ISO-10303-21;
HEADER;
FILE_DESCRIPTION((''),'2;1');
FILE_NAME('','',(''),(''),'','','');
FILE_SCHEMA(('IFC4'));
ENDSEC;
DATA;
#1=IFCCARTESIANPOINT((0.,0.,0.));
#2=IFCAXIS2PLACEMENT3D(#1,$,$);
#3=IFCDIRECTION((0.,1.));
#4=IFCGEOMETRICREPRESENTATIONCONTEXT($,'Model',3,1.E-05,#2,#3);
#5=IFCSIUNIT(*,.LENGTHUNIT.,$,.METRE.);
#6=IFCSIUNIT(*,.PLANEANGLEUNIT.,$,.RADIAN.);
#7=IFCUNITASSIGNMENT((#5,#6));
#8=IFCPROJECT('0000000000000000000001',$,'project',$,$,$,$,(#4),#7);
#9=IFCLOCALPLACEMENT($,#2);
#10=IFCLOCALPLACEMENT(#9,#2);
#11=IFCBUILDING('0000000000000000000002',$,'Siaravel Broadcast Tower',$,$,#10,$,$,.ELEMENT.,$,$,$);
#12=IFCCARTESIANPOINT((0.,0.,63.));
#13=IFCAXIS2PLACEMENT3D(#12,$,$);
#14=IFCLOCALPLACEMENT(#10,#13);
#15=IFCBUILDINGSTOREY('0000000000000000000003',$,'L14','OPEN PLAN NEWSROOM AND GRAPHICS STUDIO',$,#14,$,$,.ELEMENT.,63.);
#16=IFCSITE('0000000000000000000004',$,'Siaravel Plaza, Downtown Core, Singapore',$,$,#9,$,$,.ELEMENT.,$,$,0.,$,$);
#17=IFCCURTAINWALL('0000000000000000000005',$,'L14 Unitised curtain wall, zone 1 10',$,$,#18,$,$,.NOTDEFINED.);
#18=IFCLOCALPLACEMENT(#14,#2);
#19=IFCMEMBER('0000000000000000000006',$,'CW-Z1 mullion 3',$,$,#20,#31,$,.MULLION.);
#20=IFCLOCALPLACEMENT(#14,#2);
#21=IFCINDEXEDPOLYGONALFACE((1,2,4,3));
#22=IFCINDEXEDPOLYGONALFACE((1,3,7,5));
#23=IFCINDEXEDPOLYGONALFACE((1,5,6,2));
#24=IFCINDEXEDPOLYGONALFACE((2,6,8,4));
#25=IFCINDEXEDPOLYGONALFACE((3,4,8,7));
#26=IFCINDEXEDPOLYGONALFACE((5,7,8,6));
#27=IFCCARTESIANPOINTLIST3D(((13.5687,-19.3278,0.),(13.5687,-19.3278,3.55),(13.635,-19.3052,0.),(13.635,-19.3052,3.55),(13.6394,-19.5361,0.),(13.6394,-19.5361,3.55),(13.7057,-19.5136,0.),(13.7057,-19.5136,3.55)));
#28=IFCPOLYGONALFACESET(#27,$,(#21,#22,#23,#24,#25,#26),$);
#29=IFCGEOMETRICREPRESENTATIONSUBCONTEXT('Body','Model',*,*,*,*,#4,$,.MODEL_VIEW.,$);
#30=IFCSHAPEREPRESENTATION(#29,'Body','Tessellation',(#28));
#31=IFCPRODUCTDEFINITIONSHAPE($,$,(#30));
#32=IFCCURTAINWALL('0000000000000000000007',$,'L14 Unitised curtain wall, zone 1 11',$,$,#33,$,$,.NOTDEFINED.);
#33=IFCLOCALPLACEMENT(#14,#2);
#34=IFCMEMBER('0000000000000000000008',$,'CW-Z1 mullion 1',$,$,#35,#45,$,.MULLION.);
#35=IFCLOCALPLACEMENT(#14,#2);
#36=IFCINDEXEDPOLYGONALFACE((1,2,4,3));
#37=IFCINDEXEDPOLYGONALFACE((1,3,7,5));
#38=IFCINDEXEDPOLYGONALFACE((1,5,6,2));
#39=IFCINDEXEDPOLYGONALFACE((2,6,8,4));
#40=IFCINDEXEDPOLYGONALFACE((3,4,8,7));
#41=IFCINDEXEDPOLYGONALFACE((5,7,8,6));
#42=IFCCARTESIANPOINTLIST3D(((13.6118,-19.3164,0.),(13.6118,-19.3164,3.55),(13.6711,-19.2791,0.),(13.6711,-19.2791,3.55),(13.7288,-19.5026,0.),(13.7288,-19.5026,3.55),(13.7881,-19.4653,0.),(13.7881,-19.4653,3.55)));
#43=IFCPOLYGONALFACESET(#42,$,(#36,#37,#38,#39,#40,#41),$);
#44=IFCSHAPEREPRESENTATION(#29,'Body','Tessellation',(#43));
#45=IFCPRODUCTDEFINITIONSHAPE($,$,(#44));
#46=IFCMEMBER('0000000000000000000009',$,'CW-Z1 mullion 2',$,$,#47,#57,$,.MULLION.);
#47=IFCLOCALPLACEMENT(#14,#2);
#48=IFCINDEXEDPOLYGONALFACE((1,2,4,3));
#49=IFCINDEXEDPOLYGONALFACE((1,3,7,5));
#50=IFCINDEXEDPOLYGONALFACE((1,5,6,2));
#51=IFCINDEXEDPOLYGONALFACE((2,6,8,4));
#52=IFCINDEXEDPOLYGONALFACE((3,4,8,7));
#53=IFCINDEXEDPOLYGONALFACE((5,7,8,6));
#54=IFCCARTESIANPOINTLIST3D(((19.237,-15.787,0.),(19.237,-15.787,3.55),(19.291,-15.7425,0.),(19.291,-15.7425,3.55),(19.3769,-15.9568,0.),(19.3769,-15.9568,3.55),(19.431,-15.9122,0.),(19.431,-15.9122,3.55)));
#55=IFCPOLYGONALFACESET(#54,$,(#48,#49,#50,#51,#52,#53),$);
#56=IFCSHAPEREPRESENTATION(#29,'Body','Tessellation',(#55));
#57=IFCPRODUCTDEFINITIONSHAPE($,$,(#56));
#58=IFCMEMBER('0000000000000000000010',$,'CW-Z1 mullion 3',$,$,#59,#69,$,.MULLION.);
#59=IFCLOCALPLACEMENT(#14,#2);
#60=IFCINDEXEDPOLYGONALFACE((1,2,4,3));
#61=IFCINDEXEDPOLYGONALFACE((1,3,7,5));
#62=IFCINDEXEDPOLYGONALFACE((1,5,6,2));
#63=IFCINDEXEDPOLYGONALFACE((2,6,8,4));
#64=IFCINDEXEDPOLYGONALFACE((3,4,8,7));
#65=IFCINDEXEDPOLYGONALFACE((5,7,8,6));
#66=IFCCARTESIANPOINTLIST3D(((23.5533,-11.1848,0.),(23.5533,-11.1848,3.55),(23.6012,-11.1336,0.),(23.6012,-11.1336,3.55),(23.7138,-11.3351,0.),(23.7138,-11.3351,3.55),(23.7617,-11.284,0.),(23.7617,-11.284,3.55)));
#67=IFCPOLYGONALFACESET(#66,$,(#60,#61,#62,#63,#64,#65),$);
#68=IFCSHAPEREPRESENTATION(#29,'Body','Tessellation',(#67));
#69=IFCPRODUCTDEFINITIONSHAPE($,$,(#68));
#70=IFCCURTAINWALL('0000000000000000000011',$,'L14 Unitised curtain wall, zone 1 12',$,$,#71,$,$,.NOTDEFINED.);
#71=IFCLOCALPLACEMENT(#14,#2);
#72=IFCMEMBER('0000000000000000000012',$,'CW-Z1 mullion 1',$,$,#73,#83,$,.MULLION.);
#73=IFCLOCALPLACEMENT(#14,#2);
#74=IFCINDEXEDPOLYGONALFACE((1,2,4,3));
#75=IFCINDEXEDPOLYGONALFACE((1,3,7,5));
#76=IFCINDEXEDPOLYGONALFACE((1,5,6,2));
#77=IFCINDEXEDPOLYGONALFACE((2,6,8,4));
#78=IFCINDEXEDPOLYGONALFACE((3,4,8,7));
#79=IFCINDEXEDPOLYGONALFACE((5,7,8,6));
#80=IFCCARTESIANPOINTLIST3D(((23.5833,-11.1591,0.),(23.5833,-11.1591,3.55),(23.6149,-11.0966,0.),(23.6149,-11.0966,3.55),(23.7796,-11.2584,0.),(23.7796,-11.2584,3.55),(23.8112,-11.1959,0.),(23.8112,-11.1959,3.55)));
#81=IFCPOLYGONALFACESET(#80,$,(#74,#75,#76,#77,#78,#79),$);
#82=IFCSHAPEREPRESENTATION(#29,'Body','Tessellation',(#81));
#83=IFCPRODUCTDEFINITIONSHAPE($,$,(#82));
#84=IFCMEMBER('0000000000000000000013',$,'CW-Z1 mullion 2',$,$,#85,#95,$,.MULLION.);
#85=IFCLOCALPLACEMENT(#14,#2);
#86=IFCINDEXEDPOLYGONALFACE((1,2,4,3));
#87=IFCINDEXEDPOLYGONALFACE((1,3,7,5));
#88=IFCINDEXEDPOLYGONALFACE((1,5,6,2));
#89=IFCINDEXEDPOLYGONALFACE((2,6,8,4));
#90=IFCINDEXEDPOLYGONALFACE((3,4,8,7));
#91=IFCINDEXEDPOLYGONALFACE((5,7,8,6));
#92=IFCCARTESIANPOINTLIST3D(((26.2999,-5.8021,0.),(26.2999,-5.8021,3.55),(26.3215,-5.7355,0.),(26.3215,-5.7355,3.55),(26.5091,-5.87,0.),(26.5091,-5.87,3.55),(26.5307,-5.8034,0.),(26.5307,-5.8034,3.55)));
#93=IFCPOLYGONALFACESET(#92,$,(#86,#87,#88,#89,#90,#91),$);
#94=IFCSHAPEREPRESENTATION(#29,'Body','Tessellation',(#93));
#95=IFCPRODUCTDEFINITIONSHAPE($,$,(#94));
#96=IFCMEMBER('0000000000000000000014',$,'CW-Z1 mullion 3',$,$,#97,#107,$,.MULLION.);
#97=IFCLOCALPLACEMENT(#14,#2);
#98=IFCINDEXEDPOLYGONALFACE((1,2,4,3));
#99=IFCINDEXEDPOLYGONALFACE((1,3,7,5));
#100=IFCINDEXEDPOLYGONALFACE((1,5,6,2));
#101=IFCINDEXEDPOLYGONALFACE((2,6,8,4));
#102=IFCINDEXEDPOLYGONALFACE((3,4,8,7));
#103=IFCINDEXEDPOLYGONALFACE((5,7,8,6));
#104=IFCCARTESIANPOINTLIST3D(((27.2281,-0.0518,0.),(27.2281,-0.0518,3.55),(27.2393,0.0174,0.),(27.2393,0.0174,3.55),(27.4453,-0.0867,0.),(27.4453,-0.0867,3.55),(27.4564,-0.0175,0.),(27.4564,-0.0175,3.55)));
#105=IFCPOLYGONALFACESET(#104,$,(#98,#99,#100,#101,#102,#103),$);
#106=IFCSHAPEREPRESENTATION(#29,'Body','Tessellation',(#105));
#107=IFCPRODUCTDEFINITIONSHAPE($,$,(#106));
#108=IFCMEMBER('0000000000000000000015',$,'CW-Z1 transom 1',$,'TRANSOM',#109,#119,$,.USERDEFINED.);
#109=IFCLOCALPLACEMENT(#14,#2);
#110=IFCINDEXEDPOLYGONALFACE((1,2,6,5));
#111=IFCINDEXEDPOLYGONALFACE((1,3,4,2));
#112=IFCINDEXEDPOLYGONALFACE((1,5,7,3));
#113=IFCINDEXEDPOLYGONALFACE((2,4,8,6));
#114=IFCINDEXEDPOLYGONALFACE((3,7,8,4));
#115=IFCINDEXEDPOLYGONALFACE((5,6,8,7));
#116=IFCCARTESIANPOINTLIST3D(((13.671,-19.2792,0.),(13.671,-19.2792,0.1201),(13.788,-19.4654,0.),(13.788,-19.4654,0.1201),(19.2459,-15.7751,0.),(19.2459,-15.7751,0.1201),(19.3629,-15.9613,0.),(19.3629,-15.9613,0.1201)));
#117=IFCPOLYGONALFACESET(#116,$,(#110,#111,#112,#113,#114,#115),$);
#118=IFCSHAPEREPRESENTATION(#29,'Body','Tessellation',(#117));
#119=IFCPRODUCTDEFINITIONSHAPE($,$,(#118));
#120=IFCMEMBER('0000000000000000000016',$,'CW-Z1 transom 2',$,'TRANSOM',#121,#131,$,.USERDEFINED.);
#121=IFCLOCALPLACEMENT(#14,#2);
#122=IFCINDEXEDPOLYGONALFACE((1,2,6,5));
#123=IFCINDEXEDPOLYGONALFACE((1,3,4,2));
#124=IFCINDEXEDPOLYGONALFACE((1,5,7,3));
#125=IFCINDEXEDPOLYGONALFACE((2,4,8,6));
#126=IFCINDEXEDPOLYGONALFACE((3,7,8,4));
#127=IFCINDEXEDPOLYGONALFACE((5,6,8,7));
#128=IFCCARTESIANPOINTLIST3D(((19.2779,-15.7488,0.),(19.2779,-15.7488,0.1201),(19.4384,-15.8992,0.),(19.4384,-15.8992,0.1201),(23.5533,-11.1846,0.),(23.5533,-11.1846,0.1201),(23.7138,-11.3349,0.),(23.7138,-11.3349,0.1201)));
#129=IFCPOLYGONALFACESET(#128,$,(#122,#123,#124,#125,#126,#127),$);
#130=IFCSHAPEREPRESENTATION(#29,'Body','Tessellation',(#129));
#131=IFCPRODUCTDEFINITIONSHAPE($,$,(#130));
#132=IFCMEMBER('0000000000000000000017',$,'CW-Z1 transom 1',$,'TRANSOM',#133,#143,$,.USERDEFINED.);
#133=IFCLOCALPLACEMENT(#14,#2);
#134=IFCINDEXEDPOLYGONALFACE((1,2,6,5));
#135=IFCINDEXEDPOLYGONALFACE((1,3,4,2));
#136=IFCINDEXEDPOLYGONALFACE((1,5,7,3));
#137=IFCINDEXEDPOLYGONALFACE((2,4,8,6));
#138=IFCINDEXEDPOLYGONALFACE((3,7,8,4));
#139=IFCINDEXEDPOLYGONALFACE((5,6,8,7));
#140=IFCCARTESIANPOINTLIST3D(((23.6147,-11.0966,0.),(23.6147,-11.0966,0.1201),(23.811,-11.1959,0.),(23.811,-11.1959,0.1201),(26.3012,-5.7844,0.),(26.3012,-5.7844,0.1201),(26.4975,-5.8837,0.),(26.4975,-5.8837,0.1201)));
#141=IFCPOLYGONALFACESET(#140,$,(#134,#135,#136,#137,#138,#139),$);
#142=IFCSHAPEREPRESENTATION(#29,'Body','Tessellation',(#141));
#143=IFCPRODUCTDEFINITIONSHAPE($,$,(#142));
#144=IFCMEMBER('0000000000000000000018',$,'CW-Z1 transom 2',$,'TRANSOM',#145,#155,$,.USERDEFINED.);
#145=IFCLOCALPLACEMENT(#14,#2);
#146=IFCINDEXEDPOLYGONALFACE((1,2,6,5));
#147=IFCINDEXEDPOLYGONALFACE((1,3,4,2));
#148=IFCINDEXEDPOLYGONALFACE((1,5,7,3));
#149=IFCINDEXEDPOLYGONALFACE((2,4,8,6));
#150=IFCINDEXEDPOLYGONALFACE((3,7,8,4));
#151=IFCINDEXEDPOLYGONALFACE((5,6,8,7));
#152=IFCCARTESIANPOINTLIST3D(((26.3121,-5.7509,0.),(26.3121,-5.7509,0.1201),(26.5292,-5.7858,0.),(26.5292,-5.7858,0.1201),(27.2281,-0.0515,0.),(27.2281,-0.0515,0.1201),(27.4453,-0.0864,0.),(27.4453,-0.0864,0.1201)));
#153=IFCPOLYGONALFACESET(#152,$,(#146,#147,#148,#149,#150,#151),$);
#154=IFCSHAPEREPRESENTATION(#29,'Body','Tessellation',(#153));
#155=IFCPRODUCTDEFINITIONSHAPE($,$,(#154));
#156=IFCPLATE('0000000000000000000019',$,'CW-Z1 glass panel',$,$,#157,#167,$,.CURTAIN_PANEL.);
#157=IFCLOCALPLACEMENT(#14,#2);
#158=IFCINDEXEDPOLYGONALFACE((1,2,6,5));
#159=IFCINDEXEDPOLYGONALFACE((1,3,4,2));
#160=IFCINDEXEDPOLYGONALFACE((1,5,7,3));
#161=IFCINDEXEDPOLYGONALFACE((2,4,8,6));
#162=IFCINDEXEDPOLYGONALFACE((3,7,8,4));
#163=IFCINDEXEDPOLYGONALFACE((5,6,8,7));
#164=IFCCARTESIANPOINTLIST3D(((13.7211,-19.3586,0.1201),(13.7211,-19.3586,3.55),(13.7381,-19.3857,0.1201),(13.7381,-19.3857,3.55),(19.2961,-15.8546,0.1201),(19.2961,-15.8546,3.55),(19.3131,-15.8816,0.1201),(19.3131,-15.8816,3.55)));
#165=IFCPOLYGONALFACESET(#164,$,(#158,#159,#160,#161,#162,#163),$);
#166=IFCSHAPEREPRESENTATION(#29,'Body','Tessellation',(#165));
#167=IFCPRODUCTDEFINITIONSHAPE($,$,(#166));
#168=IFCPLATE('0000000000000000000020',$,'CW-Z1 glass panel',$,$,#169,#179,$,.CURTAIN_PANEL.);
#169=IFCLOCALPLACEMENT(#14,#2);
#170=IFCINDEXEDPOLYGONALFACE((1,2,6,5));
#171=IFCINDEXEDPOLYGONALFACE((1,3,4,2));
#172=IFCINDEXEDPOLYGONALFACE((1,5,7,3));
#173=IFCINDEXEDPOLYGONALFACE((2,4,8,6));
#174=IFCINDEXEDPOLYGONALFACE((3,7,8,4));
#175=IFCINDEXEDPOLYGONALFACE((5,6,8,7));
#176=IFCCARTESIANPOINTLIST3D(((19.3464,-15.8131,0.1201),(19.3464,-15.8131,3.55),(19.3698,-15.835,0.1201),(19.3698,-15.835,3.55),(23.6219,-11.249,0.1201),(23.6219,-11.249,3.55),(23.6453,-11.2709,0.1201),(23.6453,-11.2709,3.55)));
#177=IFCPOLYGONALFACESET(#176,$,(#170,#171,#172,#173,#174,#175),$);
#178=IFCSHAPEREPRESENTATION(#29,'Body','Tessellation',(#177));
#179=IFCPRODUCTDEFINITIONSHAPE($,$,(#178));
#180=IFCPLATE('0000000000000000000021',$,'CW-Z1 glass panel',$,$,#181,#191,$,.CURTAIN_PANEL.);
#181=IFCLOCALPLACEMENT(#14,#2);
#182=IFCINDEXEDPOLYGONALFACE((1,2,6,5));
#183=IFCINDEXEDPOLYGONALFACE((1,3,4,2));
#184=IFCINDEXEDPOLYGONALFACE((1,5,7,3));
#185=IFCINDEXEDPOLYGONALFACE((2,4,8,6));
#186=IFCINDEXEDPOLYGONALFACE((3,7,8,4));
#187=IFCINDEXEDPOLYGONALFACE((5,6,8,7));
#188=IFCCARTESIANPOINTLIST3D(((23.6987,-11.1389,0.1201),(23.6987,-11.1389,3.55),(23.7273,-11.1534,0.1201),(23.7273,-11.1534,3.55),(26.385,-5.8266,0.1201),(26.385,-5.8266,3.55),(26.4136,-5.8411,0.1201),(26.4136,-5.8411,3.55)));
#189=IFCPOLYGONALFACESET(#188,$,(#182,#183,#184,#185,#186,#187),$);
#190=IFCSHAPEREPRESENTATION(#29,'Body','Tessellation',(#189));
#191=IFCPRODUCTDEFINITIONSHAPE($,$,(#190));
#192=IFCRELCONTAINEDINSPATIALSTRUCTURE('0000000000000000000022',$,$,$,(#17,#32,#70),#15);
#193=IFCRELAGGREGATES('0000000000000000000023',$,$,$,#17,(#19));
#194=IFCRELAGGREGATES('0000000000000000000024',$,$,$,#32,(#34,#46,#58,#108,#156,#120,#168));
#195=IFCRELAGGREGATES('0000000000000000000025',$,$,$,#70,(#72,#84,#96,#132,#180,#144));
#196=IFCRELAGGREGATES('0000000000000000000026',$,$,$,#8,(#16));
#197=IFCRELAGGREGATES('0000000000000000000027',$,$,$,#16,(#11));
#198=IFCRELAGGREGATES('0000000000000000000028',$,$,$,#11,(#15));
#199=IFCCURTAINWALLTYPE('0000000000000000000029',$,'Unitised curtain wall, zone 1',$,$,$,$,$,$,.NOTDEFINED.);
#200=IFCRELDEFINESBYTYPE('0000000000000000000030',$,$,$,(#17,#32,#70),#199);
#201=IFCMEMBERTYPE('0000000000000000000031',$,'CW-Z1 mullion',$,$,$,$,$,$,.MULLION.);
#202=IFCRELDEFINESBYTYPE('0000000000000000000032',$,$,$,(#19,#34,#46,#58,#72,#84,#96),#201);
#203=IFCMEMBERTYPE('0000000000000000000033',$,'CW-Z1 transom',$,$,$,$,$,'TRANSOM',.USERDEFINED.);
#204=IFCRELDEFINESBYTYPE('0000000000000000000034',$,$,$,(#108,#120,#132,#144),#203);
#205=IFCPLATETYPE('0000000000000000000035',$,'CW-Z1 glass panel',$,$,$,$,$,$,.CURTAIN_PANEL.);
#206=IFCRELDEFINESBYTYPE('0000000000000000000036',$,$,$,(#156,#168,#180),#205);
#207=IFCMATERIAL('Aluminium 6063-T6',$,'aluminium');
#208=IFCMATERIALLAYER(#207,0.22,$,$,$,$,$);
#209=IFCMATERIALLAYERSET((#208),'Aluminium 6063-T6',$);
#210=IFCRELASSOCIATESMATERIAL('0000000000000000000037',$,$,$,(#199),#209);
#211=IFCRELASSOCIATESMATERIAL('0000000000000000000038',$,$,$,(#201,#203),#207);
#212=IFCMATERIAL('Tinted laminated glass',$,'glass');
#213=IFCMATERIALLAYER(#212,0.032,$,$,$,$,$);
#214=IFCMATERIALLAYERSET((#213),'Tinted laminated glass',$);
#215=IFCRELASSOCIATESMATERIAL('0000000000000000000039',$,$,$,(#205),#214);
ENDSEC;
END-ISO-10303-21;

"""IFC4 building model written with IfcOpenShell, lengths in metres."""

from ifc_helpers import new_model, si_unit, direction, frame, origin, origin_2d, place, context, subcontext, project, spatial, rectangle, extrude, material, layer, layer_set, material_profile, profile_set, type_object, element, aggregate, save


model = new_model("IFC4")

# Units and contexts
model_context = context("Model", 3, precision=1e-05, world=origin(), true_north=direction((0.0, 1.0)))
body_context = subcontext(model_context, "Body", "Model", "MODEL_VIEW")
ifc_project = project(units=[si_unit("LENGTHUNIT", "METRE"), si_unit("PLANEANGLEUNIT", "RADIAN")], contexts=[model_context])

# Site, building, storey
site_placement = place(None, origin())
site = spatial("IfcSite", under=ifc_project, at=site_placement, Name="Siaravel Plaza, Downtown Core, Singapore", CompositionType="ELEMENT", RefElevation=0.0)
building_placement = place(site_placement, origin())
building = spatial("IfcBuilding", under=site, at=building_placement, Name="Siaravel Broadcast Tower", CompositionType="ELEMENT")
storey_placement = place(building_placement, frame((0.0, 0.0, 63.0)))
storey = spatial("IfcBuildingStorey", under=building, at=storey_placement, Name="L14", Description="OPEN PLAN NEWSROOM AND GRAPHICS STUDIO", CompositionType="ELEMENT", Elevation=63.0)

# Curtain wall, member
ifc_material_1 = material(Name="Aluminium 6063-T6", Category="aluminium")
ifc_layer_1 = layer(ifc_material_1, 0.22)
ifc_layer_set_1 = layer_set([ifc_layer_1], Name="Aluminium 6063-T6")
curtain_wall_type = type_object("IfcCurtainWallType", Name="Unitised curtain wall, zone 1", PredefinedType="NOTDEFINED", material=ifc_layer_set_1)
curtain_wall_1_placement = place(storey_placement, origin())
curtain_wall_1 = element("IfcCurtainWall", 1, at=curtain_wall_1_placement, inside=storey, type_object=curtain_wall_type, Name="L14 Unitised curtain wall, zone 1 10", PredefinedType="NOTDEFINED")
ifc_material_profile_1 = material_profile(ifc_material_1, rectangle(XDim=0.22, YDim=0.0701, at=origin_2d()))
ifc_profile_set_1 = profile_set([ifc_material_profile_1], Name="Aluminium 6063-T6")
member_type_1 = type_object("IfcMemberType", Name="CW-Z1 mullion", PredefinedType="MULLION", material=ifc_profile_set_1)
member_1_placement = place(storey_placement, frame((13.6372, -19.4207, 0.0), z_axis=(0.0, 0.0, 1.0), x_axis=(-0.3213, 0.946978, 0.0)))
member_1 = element("IfcMember", 2, at=member_1_placement, type_object=member_type_1, Name="CW-Z1 mullion 3", PredefinedType="MULLION", context=body_context, shape_type="SweptSolid", body=[
    extrude(rectangle(XDim=0.22, YDim=0.0701, at=origin_2d()), origin(), (0.0, 0.0, 1.0), 3.55),
])
aggregate(curtain_wall_1, [member_1])

# Curtain walls, members
curtain_wall_2_placement = place(storey_placement, origin())
curtain_wall_2 = element("IfcCurtainWall", 3, at=curtain_wall_2_placement, inside=storey, type_object=curtain_wall_type, Name="L14 Unitised curtain wall, zone 1 11", PredefinedType="NOTDEFINED")
member_2_placement = place(storey_placement, frame((13.7, -19.3909, 0.0), z_axis=(0.0, 0.0, 1.0), x_axis=(-0.532148, 0.846651, 0.0)))
member_2 = element("IfcMember", 4, at=member_2_placement, type_object=member_type_1, Name="CW-Z1 mullion 1", PredefinedType="MULLION", context=body_context, shape_type="SweptSolid", body=[
    extrude(rectangle(XDim=0.22, YDim=0.0701, at=origin_2d()), origin(), (0.0, 0.0, 1.0), 3.55),
])
member_3_placement = place(storey_placement, frame((19.334, -15.8496, 0.0), z_axis=(0.0, 0.0, 1.0), x_axis=(-0.636217, 0.77151, 0.0)))
member_3 = element("IfcMember", 5, at=member_3_placement, type_object=member_type_1, Name="CW-Z1 mullion 2", PredefinedType="MULLION", context=body_context, shape_type="SweptSolid", body=[
    extrude(rectangle(XDim=0.22, YDim=0.0701, at=origin_2d()), origin(), (0.0, 0.0, 1.0), 3.55),
])
member_4_placement = place(storey_placement, frame((23.6575, -11.2344, 0.0), z_axis=(0.0, 0.0, 1.0), x_axis=(-0.729804, 0.683657, 0.0)))
member_4 = element("IfcMember", 6, at=member_4_placement, type_object=member_type_1, Name="CW-Z1 mullion 3", PredefinedType="MULLION", context=body_context, shape_type="SweptSolid", body=[
    extrude(rectangle(XDim=0.22, YDim=0.0701, at=origin_2d()), origin(), (0.0, 0.0, 1.0), 3.55),
])
curtain_wall_3_placement = place(storey_placement, origin())
curtain_wall_3 = element("IfcCurtainWall", 7, at=curtain_wall_3_placement, inside=storey, type_object=curtain_wall_type, Name="L14 Unitised curtain wall, zone 1 12", PredefinedType="NOTDEFINED")
member_5_placement = place(storey_placement, frame((23.6973, -11.1775, 0.0), z_axis=(0.0, 0.0, 1.0), x_axis=(-0.892391, 0.451262, 0.0)))
member_5 = element("IfcMember", 8, at=member_5_placement, type_object=member_type_1, Name="CW-Z1 mullion 1", PredefinedType="MULLION", context=body_context, shape_type="SweptSolid", body=[
    extrude(rectangle(XDim=0.22, YDim=0.0701, at=origin_2d()), origin(), (0.0, 0.0, 1.0), 3.55),
])
member_6_placement = place(storey_placement, frame((26.4153, -5.8027, 0.0), z_axis=(0.0, 0.0, 1.0), x_axis=(-0.951177, 0.308646, 0.0)))
member_6 = element("IfcMember", 9, at=member_6_placement, type_object=member_type_1, Name="CW-Z1 mullion 2", PredefinedType="MULLION", context=body_context, shape_type="SweptSolid", body=[
    extrude(rectangle(XDim=0.22, YDim=0.0701, at=origin_2d()), origin(), (0.0, 0.0, 1.0), 3.55),
])
member_7_placement = place(storey_placement, frame((27.3423, -0.0347, 0.0), z_axis=(0.0, 0.0, 1.0), x_axis=(-0.987329, 0.158686, 0.0)))
member_7 = element("IfcMember", 10, at=member_7_placement, type_object=member_type_1, Name="CW-Z1 mullion 3", PredefinedType="MULLION", context=body_context, shape_type="SweptSolid", body=[
    extrude(rectangle(XDim=0.22, YDim=0.0701, at=origin_2d()), origin(), (0.0, 0.0, 1.0), 3.55),
])

# Members
ifc_material_profile_2 = material_profile(ifc_material_1, rectangle(XDim=0.22, YDim=0.1201, at=origin_2d()))
ifc_profile_set_2 = profile_set([ifc_material_profile_2], Name="Aluminium 6063-T6")
member_type_2 = type_object("IfcMemberType", Name="CW-Z1 transom", ElementType="TRANSOM", PredefinedType="USERDEFINED", material=ifc_profile_set_2)
member_8_placement = place(storey_placement, frame((13.7295, -19.3723, 0.0601), z_axis=(0.846644, 0.53216, 0.0), x_axis=(-0.53216, 0.846644, 0.0)))
member_8 = element("IfcMember", 11, at=member_8_placement, type_object=member_type_2, Name="CW-Z1 transom 1", ObjectType="TRANSOM", PredefinedType="USERDEFINED", context=body_context, shape_type="SweptSolid", body=[
    extrude(rectangle(XDim=0.22, YDim=0.1201, at=origin_2d()), origin(), (0.0, 0.0, 1.0), 6.5847),
])
member_9_placement = place(storey_placement, frame((19.3582, -15.824, 0.0601), z_axis=(0.683639, 0.729821, 0.0), x_axis=(-0.729821, 0.683639, 0.0)))
member_9 = element("IfcMember", 12, at=member_9_placement, type_object=member_type_2, Name="CW-Z1 transom 2", ObjectType="TRANSOM", PredefinedType="USERDEFINED", context=body_context, shape_type="SweptSolid", body=[
    extrude(rectangle(XDim=0.22, YDim=0.1201, at=origin_2d()), origin(), (0.0, 0.0, 1.0), 6.2539),
])
member_10_placement = place(storey_placement, frame((23.7129, -11.1462, 0.0601), z_axis=(0.451294, 0.892375, 0.0), x_axis=(-0.892375, 0.451294, 0.0)))
member_10 = element("IfcMember", 13, at=member_10_placement, type_object=member_type_2, Name="CW-Z1 transom 1", ObjectType="TRANSOM", PredefinedType="USERDEFINED", context=body_context, shape_type="SweptSolid", body=[
    extrude(rectangle(XDim=0.22, YDim=0.1201, at=origin_2d()), origin(), (0.0, 0.0, 1.0), 5.9529),
])
member_11_placement = place(storey_placement, frame((26.4207, -5.7683, 0.0601), z_axis=(0.15869, 0.987328, 0.0), x_axis=(-0.987328, 0.15869, 0.0)))
member_11 = element("IfcMember", 14, at=member_11_placement, type_object=member_type_2, Name="CW-Z1 transom 2", ObjectType="TRANSOM", PredefinedType="USERDEFINED", context=body_context, shape_type="SweptSolid", body=[
    extrude(rectangle(XDim=0.22, YDim=0.1201, at=origin_2d()), origin(), (0.0, 0.0, 1.0), 5.7725),
])

# Plates
ifc_material_2 = material(Name="Tinted laminated glass", Category="glass")
ifc_layer_2 = layer(ifc_material_2, 0.032)
ifc_layer_set_2 = layer_set([ifc_layer_2], Name="Tinted laminated glass")
plate_type = type_object("IfcPlateType", Name="CW-Z1 glass panel", PredefinedType="CURTAIN_PANEL", material=ifc_layer_set_2)
plate_1_placement = place(storey_placement, frame((16.5171, -17.6201, 0.1201), z_axis=(0.0, 0.0, 1.0), x_axis=(0.846651, 0.532148, 0.0)))
plate_1 = element("IfcPlate", 15, at=plate_1_placement, type_object=plate_type, Name="CW-Z1 glass panel", PredefinedType="CURTAIN_PANEL", context=body_context, shape_type="SweptSolid", body=[
    extrude(rectangle(XDim=6.5847, YDim=0.032, at=origin_2d()), origin(), (0.0, 0.0, 1.0), 3.4299),
])
plate_2_placement = place(storey_placement, frame((21.4958, -13.542, 0.1201), z_axis=(0.0, 0.0, 1.0), x_axis=(0.683657, 0.729804, 0.0)))
plate_2 = element("IfcPlate", 16, at=plate_2_placement, type_object=plate_type, Name="CW-Z1 glass panel", PredefinedType="CURTAIN_PANEL", context=body_context, shape_type="SweptSolid", body=[
    extrude(rectangle(XDim=6.2539, YDim=0.032, at=origin_2d()), origin(), (0.0, 0.0, 1.0), 3.4299),
])
aggregate(curtain_wall_2, [member_2, member_3, member_4, member_8, plate_1, member_9, plate_2])
plate_3_placement = place(storey_placement, frame((25.0562, -8.49, 0.1201), z_axis=(0.0, 0.0, 1.0), x_axis=(0.451262, 0.892391, 0.0)))
plate_3 = element("IfcPlate", 17, at=plate_3_placement, type_object=plate_type, Name="CW-Z1 glass panel", PredefinedType="CURTAIN_PANEL", context=body_context, shape_type="SweptSolid", body=[
    extrude(rectangle(XDim=5.9529, YDim=0.032, at=origin_2d()), origin(), (0.0, 0.0, 1.0), 3.4299),
])
aggregate(curtain_wall_3, [member_5, member_6, member_7, member_10, plate_3, member_11])

save(model, "model.ifc")
